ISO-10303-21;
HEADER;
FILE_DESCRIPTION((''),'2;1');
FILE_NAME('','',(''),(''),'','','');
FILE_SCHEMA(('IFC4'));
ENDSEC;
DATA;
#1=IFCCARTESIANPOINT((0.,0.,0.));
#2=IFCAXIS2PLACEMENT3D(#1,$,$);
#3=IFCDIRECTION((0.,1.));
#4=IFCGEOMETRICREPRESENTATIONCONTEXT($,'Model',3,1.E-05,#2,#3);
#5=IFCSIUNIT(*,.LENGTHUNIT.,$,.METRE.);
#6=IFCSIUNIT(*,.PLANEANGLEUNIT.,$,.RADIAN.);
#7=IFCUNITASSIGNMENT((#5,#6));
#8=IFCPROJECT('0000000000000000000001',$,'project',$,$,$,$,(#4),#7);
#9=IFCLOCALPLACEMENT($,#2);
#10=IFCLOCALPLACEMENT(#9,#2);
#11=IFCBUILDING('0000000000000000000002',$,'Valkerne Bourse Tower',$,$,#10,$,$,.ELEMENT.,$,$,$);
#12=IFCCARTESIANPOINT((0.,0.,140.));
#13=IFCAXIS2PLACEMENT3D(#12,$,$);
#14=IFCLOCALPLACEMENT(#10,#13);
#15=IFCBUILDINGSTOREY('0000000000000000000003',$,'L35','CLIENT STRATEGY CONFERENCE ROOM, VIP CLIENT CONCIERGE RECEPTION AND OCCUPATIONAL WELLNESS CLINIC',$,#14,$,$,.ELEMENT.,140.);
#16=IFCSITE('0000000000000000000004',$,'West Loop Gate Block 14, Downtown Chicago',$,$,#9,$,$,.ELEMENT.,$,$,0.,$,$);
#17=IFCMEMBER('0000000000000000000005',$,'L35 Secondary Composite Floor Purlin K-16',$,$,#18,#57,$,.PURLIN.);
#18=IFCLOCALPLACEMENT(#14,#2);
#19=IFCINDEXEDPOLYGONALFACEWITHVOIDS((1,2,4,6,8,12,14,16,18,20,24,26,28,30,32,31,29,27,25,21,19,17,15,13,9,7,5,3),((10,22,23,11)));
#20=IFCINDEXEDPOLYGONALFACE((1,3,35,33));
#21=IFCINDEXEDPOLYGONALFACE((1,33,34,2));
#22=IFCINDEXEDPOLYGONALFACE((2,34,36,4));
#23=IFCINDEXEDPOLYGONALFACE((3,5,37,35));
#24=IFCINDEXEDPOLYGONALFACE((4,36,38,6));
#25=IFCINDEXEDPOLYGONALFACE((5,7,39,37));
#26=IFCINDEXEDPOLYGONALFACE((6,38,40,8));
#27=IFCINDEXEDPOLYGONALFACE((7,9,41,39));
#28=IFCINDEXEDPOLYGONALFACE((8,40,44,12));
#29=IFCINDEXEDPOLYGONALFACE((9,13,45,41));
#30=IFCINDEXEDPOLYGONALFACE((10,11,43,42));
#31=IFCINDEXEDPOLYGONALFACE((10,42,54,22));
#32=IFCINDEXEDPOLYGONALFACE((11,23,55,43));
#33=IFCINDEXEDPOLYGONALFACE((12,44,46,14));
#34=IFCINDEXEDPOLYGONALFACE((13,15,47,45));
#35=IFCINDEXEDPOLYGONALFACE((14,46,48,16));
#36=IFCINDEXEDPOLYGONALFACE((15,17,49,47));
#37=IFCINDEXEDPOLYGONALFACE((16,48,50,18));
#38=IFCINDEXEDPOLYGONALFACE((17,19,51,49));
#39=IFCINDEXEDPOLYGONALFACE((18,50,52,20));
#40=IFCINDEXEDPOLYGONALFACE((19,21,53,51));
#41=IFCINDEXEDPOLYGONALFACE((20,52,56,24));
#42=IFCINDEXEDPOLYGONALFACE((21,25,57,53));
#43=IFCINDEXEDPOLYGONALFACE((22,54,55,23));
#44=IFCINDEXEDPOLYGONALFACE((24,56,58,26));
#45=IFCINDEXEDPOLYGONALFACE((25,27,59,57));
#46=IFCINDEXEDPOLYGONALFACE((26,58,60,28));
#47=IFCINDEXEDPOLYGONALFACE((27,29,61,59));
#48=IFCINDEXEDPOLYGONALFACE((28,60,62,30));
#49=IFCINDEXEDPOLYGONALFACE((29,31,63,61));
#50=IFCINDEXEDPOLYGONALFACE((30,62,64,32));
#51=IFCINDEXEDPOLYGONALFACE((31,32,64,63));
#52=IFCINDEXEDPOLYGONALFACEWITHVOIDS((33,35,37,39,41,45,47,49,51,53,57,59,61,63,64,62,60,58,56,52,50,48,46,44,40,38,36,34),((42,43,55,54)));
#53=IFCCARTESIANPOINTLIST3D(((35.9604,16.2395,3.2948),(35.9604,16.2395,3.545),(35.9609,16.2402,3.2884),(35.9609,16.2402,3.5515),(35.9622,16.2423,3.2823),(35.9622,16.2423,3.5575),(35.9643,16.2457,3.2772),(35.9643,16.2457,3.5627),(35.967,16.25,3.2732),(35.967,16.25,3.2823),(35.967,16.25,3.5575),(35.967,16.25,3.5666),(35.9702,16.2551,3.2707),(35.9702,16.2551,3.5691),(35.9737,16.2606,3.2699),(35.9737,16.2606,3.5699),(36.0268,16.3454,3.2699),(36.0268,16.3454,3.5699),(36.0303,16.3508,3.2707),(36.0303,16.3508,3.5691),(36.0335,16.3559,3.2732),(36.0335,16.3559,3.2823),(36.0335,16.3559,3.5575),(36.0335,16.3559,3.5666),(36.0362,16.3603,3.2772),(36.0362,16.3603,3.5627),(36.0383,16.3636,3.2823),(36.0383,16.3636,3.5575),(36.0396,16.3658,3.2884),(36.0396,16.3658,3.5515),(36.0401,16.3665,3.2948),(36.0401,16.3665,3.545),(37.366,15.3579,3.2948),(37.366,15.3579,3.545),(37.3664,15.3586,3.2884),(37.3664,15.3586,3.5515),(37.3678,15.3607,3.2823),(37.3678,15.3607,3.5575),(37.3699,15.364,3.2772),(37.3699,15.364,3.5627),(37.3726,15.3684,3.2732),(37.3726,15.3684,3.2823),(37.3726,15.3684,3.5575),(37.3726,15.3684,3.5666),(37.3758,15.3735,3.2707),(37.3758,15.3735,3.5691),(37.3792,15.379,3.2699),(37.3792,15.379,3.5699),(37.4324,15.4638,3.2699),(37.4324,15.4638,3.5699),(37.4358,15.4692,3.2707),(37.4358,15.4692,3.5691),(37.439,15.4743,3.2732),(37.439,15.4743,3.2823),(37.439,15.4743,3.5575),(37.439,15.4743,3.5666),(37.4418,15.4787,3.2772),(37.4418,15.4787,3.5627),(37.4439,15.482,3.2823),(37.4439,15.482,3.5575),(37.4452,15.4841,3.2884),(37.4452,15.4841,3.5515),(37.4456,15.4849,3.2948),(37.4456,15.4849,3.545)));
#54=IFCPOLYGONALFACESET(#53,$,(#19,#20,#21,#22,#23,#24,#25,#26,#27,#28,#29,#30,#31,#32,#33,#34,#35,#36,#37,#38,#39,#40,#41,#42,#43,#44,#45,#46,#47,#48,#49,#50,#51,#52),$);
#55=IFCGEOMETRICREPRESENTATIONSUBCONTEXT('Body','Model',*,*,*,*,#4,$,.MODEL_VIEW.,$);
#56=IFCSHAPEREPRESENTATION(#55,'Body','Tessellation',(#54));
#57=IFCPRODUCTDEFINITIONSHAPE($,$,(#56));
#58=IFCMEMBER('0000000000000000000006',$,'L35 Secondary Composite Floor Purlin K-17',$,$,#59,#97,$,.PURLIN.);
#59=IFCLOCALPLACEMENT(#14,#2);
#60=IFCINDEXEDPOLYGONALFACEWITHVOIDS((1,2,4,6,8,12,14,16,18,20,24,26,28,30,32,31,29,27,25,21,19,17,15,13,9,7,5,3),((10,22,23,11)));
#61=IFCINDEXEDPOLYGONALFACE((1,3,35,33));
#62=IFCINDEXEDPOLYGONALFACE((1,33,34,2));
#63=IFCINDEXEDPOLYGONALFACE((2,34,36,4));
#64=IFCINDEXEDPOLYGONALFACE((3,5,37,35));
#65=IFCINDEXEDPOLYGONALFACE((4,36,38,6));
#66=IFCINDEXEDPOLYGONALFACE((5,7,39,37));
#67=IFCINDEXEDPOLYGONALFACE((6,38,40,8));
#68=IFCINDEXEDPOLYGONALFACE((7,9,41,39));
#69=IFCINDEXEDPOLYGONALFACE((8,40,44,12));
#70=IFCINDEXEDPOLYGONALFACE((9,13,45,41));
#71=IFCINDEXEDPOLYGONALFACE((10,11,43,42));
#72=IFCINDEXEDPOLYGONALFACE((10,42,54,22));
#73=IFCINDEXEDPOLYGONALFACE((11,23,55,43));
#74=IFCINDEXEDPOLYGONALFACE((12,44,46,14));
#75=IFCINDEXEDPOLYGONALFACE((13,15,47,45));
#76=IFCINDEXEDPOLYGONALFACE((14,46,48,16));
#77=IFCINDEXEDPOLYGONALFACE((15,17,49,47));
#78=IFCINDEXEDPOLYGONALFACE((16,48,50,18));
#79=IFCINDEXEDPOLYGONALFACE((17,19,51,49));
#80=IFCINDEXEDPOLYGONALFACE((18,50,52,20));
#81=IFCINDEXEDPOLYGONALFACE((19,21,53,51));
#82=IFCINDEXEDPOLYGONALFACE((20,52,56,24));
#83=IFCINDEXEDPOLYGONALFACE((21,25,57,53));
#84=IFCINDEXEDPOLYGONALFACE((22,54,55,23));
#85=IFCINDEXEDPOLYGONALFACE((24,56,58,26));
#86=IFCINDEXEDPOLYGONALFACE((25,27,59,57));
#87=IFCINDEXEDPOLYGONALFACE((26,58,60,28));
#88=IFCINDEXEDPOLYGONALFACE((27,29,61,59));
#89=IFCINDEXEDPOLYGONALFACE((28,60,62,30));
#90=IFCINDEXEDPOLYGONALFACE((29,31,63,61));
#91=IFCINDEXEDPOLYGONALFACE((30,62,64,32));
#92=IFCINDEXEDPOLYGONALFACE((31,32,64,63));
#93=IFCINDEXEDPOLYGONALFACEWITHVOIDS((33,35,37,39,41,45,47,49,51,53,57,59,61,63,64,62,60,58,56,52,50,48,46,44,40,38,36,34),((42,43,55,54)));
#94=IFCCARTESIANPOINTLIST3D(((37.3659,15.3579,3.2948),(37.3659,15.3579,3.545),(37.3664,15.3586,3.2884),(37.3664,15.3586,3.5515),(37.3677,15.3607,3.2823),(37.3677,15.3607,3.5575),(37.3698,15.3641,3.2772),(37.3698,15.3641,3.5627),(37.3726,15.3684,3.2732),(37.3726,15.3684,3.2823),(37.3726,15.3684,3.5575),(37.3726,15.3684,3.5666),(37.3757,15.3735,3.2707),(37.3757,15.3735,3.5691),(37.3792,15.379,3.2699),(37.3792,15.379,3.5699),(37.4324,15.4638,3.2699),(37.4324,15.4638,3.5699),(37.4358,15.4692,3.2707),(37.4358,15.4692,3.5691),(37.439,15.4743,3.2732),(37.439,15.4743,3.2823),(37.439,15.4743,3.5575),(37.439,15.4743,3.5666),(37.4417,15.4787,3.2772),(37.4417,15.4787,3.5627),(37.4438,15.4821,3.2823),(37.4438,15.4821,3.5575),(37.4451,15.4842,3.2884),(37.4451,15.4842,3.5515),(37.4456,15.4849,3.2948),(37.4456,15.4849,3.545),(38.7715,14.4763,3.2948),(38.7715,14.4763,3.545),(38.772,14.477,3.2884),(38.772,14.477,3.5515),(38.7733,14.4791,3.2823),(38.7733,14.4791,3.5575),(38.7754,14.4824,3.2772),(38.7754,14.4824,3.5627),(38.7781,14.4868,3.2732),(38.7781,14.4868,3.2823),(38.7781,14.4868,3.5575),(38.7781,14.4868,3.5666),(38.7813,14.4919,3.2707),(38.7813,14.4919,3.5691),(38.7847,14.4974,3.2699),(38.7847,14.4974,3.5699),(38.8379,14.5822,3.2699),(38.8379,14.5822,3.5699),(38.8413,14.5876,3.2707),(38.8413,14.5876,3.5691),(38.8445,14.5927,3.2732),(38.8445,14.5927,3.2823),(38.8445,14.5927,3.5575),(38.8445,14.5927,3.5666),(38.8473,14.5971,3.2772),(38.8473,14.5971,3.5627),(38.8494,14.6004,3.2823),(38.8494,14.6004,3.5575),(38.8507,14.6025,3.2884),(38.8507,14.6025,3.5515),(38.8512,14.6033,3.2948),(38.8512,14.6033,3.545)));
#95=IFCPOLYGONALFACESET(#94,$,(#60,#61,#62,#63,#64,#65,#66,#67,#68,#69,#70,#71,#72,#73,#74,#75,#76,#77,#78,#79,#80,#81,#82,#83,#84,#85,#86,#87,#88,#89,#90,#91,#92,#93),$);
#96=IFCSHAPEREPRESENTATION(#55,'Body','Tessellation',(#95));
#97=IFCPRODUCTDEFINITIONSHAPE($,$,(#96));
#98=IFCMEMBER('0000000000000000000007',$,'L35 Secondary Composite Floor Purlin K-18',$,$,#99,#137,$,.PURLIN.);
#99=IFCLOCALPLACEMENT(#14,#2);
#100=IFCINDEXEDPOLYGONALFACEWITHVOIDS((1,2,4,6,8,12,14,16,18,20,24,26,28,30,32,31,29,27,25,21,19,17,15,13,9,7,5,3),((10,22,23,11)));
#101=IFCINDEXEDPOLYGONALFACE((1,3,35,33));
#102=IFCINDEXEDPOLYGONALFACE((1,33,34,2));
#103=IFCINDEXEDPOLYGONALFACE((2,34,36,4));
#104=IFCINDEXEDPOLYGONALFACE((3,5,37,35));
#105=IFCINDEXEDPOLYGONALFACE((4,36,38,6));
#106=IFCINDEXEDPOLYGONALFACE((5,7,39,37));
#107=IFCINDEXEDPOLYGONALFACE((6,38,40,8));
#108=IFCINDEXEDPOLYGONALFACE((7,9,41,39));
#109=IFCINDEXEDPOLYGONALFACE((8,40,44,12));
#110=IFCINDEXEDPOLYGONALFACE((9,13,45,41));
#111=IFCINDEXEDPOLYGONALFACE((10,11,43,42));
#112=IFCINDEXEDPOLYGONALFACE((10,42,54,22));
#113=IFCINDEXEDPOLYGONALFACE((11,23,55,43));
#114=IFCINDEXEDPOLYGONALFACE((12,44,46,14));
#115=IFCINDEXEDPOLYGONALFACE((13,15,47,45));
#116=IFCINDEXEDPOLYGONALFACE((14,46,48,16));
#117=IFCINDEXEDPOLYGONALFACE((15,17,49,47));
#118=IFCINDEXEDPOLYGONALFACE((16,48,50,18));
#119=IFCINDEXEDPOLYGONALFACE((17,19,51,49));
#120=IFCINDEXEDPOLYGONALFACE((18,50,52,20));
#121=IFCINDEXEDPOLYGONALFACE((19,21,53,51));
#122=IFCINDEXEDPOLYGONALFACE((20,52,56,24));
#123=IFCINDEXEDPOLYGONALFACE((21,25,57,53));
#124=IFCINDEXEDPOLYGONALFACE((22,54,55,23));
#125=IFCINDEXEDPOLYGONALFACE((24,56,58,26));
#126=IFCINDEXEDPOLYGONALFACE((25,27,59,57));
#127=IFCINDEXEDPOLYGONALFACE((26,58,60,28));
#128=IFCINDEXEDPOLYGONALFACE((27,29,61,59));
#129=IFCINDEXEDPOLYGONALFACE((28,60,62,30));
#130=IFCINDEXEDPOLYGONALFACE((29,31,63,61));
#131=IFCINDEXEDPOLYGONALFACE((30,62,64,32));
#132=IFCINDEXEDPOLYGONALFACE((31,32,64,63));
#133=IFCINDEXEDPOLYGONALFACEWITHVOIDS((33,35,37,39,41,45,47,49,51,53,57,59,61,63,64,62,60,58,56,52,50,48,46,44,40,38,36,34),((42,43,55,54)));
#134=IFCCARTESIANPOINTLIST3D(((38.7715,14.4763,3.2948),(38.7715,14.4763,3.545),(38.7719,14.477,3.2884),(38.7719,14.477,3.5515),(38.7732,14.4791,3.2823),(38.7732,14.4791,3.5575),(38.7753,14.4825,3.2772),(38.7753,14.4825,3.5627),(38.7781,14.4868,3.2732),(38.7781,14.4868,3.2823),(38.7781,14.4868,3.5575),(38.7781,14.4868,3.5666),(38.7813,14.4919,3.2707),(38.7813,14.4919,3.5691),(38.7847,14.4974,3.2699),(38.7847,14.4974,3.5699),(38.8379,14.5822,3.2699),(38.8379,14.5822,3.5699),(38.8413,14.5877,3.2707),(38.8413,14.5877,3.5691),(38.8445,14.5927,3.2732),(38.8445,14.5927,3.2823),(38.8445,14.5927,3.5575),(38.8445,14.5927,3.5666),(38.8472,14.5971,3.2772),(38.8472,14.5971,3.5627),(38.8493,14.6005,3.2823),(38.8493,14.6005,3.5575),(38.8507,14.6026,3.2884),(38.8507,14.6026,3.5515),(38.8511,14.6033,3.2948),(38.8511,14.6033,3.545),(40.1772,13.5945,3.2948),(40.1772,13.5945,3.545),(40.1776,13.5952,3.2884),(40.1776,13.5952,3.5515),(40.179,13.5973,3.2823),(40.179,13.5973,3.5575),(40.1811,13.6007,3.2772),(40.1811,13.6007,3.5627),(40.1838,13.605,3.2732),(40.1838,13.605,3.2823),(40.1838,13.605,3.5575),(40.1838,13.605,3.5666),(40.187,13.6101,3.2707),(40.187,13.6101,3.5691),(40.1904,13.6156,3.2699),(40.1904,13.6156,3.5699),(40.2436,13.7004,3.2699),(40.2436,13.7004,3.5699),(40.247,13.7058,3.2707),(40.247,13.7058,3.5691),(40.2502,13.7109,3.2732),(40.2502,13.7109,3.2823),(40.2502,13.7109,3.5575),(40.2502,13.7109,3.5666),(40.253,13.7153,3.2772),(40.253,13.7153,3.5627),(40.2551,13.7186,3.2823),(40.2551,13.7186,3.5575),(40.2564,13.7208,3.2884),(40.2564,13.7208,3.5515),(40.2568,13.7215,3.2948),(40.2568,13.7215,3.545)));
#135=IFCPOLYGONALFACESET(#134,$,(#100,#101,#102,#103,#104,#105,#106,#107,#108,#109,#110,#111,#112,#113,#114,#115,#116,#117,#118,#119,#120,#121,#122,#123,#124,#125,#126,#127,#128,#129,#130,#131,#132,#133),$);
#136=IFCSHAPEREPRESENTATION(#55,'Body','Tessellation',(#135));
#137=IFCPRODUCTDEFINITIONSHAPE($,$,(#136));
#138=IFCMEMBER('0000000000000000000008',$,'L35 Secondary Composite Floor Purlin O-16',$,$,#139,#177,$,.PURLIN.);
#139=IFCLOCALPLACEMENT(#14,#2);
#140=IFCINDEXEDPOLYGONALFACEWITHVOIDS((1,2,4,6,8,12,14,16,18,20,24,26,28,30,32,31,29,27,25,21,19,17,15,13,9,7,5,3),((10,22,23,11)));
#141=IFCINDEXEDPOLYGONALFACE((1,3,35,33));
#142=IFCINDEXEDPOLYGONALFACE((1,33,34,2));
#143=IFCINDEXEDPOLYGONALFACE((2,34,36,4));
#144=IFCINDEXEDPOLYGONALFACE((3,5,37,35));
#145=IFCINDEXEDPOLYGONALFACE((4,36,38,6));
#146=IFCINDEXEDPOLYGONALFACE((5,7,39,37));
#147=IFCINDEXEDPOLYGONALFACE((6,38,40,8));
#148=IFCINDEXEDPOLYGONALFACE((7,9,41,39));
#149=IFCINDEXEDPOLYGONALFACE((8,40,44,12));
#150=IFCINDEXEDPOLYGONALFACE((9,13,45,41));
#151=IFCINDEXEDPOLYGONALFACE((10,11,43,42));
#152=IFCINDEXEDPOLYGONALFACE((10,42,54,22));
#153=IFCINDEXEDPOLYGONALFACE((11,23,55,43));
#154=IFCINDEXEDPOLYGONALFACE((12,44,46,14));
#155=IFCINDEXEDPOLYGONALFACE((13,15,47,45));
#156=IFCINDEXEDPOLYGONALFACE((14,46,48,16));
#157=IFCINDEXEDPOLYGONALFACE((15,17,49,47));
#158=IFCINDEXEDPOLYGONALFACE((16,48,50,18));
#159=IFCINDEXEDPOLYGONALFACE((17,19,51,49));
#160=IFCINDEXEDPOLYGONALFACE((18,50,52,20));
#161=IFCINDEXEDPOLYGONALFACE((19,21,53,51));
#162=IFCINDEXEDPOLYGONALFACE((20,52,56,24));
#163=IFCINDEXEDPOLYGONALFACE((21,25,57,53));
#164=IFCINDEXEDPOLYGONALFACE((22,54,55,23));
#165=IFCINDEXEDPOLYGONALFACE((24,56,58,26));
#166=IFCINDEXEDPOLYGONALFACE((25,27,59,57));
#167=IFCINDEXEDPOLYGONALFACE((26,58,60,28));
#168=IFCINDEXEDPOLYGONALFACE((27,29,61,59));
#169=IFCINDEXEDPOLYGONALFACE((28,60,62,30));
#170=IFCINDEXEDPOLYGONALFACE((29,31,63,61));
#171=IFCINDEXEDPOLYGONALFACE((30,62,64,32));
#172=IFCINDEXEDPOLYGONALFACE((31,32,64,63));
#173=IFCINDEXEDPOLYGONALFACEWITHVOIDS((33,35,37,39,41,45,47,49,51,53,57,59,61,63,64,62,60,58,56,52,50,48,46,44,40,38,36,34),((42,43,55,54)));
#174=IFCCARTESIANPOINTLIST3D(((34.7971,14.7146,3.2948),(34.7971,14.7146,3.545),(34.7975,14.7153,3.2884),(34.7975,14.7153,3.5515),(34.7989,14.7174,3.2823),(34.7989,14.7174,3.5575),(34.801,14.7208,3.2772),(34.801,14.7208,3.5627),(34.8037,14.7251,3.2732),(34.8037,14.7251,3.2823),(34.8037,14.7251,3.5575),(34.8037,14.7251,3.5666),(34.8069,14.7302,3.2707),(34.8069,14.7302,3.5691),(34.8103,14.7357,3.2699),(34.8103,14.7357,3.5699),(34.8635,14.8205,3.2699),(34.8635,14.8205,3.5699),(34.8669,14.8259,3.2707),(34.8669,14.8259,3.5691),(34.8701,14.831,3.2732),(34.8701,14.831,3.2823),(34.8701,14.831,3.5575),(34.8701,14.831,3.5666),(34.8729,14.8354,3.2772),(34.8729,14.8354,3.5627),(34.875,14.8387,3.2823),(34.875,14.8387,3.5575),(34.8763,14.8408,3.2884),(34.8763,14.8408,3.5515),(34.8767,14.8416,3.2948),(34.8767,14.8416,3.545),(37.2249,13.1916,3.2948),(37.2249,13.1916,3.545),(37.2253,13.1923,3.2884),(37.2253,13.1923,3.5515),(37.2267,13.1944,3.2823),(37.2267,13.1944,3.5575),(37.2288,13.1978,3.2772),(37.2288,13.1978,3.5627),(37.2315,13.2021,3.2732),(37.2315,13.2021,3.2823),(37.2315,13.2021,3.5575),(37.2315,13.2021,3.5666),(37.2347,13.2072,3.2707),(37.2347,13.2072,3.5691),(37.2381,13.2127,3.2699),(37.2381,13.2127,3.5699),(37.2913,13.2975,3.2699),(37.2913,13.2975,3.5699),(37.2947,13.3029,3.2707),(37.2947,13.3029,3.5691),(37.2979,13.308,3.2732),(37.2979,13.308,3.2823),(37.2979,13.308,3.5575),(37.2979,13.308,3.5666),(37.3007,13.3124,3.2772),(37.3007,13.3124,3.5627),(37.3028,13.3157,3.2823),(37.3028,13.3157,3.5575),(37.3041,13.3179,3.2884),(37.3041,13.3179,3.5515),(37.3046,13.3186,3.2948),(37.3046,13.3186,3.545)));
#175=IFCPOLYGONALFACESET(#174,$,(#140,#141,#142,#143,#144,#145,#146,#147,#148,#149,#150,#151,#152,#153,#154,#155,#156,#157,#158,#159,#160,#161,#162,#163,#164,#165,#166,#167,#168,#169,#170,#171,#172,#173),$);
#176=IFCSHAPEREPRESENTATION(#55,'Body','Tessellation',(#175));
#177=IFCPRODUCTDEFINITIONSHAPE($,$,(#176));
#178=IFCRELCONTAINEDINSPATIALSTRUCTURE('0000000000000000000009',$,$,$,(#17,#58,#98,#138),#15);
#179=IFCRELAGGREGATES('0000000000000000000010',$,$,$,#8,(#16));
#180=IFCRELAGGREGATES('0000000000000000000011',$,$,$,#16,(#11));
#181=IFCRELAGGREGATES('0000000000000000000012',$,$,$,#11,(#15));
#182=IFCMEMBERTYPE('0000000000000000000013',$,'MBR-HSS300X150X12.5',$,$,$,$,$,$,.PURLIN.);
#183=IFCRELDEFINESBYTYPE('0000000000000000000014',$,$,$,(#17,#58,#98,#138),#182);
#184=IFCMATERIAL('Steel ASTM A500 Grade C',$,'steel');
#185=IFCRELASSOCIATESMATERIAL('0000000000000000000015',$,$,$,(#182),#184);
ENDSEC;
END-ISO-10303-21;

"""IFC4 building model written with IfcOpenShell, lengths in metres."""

from ifc_helpers import new_model, si_unit, direction, frame, origin, origin_2d, place, context, subcontext, project, spatial, hollow_rectangle, extrude, material, material_profile, profile_set, type_object, element, save


model = new_model("IFC4")

# Units and contexts
model_context = context("Model", 3, precision=1e-05, world=origin(), true_north=direction((0.0, 1.0)))
body_context = subcontext(model_context, "Body", "Model", "MODEL_VIEW")
ifc_project = project(units=[si_unit("LENGTHUNIT", "METRE"), si_unit("PLANEANGLEUNIT", "RADIAN")], contexts=[model_context])

# Site, building, storey
site_placement = place(None, origin())
site = spatial("IfcSite", under=ifc_project, at=site_placement, Name="West Loop Gate Block 14, Downtown Chicago", CompositionType="ELEMENT", RefElevation=0.0)
building_placement = place(site_placement, origin())
building = spatial("IfcBuilding", under=site, at=building_placement, Name="Valkerne Bourse Tower", CompositionType="ELEMENT")
storey_placement = place(building_placement, frame((0.0, 0.0, 140.0)))
storey = spatial("IfcBuildingStorey", under=building, at=storey_placement, Name="L35", Description="CLIENT STRATEGY CONFERENCE ROOM, VIP CLIENT CONCIERGE RECEPTION AND OCCUPATIONAL WELLNESS CLINIC", CompositionType="ELEMENT", Elevation=140.0)

# Members
ifc_material_1 = material(Name="Steel ASTM A500 Grade C", Category="steel")
ifc_material_profile_1 = material_profile(ifc_material_1, hollow_rectangle(XDim=0.1499, YDim=0.3, WallThickness=0.0125, OuterFilletRadius=0.0249, at=origin_2d()), Name="HSS300X150X12.5")
ifc_profile_set_1 = profile_set([ifc_material_profile_1], Name="Steel ASTM A500 Grade C")
member_type_1 = type_object("IfcMemberType", Name="MBR-HSS300X150X12.5", PredefinedType="PURLIN", material=ifc_profile_set_1)
for number, where, z_axis, x_axis, name in (
    (1, (36.0002, 16.303, 3.4199), (0.847146, -0.531361, 0.0), (0.531361, 0.847146, 0.0), "L35 Secondary Composite Floor Purlin K-16"),
    (2, (37.4058, 15.4214, 3.4199), (0.847146, -0.531361, 0.0), (0.531361, 0.847146, 0.0), "L35 Secondary Composite Floor Purlin K-17"),
):
    element("IfcMember", number, at=place(storey_placement, frame(where, z_axis=z_axis, x_axis=x_axis)), inside=storey, type_object=member_type_1, Name=name, PredefinedType="PURLIN", context=body_context, shape_type="SweptSolid", body=[
        extrude(hollow_rectangle(XDim=0.1499, YDim=0.3, WallThickness=0.0125, OuterFilletRadius=0.0249, at=origin_2d()), origin(), (0.0, 0.0, 1.0), 1.6592),
    ])
member_1_placement = place(storey_placement, frame((38.8113, 14.5398, 3.4199), z_axis=(0.847121, -0.5314, 0.0), x_axis=(0.5314, 0.847121, 0.0)))
element("IfcMember", 3, at=member_1_placement, inside=storey, type_object=member_type_1, Name="L35 Secondary Composite Floor Purlin K-18", PredefinedType="PURLIN", context=body_context, shape_type="SweptSolid", body=[
    extrude(hollow_rectangle(XDim=0.1499, YDim=0.3, WallThickness=0.0125, OuterFilletRadius=0.0249, at=origin_2d()), origin(), (0.0, 0.0, 1.0), 1.6594),
])
for number, where, z_axis, x_axis, name in (
    (4, (34.8369, 14.7781, 3.4199), (0.847117, -0.531407, 0.0), (0.531407, 0.847117, 0.0), "L35 Secondary Composite Floor Purlin O-16"),
):
    element("IfcMember", number, at=place(storey_placement, frame(where, z_axis=z_axis, x_axis=x_axis)), inside=storey, type_object=member_type_1, Name=name, PredefinedType="PURLIN", context=body_context, shape_type="SweptSolid", body=[
        extrude(hollow_rectangle(XDim=0.1499, YDim=0.3, WallThickness=0.0125, OuterFilletRadius=0.0249, at=origin_2d()), origin(), (0.0, 0.0, 1.0), 2.866),
    ])

save(model, "model.ifc")
